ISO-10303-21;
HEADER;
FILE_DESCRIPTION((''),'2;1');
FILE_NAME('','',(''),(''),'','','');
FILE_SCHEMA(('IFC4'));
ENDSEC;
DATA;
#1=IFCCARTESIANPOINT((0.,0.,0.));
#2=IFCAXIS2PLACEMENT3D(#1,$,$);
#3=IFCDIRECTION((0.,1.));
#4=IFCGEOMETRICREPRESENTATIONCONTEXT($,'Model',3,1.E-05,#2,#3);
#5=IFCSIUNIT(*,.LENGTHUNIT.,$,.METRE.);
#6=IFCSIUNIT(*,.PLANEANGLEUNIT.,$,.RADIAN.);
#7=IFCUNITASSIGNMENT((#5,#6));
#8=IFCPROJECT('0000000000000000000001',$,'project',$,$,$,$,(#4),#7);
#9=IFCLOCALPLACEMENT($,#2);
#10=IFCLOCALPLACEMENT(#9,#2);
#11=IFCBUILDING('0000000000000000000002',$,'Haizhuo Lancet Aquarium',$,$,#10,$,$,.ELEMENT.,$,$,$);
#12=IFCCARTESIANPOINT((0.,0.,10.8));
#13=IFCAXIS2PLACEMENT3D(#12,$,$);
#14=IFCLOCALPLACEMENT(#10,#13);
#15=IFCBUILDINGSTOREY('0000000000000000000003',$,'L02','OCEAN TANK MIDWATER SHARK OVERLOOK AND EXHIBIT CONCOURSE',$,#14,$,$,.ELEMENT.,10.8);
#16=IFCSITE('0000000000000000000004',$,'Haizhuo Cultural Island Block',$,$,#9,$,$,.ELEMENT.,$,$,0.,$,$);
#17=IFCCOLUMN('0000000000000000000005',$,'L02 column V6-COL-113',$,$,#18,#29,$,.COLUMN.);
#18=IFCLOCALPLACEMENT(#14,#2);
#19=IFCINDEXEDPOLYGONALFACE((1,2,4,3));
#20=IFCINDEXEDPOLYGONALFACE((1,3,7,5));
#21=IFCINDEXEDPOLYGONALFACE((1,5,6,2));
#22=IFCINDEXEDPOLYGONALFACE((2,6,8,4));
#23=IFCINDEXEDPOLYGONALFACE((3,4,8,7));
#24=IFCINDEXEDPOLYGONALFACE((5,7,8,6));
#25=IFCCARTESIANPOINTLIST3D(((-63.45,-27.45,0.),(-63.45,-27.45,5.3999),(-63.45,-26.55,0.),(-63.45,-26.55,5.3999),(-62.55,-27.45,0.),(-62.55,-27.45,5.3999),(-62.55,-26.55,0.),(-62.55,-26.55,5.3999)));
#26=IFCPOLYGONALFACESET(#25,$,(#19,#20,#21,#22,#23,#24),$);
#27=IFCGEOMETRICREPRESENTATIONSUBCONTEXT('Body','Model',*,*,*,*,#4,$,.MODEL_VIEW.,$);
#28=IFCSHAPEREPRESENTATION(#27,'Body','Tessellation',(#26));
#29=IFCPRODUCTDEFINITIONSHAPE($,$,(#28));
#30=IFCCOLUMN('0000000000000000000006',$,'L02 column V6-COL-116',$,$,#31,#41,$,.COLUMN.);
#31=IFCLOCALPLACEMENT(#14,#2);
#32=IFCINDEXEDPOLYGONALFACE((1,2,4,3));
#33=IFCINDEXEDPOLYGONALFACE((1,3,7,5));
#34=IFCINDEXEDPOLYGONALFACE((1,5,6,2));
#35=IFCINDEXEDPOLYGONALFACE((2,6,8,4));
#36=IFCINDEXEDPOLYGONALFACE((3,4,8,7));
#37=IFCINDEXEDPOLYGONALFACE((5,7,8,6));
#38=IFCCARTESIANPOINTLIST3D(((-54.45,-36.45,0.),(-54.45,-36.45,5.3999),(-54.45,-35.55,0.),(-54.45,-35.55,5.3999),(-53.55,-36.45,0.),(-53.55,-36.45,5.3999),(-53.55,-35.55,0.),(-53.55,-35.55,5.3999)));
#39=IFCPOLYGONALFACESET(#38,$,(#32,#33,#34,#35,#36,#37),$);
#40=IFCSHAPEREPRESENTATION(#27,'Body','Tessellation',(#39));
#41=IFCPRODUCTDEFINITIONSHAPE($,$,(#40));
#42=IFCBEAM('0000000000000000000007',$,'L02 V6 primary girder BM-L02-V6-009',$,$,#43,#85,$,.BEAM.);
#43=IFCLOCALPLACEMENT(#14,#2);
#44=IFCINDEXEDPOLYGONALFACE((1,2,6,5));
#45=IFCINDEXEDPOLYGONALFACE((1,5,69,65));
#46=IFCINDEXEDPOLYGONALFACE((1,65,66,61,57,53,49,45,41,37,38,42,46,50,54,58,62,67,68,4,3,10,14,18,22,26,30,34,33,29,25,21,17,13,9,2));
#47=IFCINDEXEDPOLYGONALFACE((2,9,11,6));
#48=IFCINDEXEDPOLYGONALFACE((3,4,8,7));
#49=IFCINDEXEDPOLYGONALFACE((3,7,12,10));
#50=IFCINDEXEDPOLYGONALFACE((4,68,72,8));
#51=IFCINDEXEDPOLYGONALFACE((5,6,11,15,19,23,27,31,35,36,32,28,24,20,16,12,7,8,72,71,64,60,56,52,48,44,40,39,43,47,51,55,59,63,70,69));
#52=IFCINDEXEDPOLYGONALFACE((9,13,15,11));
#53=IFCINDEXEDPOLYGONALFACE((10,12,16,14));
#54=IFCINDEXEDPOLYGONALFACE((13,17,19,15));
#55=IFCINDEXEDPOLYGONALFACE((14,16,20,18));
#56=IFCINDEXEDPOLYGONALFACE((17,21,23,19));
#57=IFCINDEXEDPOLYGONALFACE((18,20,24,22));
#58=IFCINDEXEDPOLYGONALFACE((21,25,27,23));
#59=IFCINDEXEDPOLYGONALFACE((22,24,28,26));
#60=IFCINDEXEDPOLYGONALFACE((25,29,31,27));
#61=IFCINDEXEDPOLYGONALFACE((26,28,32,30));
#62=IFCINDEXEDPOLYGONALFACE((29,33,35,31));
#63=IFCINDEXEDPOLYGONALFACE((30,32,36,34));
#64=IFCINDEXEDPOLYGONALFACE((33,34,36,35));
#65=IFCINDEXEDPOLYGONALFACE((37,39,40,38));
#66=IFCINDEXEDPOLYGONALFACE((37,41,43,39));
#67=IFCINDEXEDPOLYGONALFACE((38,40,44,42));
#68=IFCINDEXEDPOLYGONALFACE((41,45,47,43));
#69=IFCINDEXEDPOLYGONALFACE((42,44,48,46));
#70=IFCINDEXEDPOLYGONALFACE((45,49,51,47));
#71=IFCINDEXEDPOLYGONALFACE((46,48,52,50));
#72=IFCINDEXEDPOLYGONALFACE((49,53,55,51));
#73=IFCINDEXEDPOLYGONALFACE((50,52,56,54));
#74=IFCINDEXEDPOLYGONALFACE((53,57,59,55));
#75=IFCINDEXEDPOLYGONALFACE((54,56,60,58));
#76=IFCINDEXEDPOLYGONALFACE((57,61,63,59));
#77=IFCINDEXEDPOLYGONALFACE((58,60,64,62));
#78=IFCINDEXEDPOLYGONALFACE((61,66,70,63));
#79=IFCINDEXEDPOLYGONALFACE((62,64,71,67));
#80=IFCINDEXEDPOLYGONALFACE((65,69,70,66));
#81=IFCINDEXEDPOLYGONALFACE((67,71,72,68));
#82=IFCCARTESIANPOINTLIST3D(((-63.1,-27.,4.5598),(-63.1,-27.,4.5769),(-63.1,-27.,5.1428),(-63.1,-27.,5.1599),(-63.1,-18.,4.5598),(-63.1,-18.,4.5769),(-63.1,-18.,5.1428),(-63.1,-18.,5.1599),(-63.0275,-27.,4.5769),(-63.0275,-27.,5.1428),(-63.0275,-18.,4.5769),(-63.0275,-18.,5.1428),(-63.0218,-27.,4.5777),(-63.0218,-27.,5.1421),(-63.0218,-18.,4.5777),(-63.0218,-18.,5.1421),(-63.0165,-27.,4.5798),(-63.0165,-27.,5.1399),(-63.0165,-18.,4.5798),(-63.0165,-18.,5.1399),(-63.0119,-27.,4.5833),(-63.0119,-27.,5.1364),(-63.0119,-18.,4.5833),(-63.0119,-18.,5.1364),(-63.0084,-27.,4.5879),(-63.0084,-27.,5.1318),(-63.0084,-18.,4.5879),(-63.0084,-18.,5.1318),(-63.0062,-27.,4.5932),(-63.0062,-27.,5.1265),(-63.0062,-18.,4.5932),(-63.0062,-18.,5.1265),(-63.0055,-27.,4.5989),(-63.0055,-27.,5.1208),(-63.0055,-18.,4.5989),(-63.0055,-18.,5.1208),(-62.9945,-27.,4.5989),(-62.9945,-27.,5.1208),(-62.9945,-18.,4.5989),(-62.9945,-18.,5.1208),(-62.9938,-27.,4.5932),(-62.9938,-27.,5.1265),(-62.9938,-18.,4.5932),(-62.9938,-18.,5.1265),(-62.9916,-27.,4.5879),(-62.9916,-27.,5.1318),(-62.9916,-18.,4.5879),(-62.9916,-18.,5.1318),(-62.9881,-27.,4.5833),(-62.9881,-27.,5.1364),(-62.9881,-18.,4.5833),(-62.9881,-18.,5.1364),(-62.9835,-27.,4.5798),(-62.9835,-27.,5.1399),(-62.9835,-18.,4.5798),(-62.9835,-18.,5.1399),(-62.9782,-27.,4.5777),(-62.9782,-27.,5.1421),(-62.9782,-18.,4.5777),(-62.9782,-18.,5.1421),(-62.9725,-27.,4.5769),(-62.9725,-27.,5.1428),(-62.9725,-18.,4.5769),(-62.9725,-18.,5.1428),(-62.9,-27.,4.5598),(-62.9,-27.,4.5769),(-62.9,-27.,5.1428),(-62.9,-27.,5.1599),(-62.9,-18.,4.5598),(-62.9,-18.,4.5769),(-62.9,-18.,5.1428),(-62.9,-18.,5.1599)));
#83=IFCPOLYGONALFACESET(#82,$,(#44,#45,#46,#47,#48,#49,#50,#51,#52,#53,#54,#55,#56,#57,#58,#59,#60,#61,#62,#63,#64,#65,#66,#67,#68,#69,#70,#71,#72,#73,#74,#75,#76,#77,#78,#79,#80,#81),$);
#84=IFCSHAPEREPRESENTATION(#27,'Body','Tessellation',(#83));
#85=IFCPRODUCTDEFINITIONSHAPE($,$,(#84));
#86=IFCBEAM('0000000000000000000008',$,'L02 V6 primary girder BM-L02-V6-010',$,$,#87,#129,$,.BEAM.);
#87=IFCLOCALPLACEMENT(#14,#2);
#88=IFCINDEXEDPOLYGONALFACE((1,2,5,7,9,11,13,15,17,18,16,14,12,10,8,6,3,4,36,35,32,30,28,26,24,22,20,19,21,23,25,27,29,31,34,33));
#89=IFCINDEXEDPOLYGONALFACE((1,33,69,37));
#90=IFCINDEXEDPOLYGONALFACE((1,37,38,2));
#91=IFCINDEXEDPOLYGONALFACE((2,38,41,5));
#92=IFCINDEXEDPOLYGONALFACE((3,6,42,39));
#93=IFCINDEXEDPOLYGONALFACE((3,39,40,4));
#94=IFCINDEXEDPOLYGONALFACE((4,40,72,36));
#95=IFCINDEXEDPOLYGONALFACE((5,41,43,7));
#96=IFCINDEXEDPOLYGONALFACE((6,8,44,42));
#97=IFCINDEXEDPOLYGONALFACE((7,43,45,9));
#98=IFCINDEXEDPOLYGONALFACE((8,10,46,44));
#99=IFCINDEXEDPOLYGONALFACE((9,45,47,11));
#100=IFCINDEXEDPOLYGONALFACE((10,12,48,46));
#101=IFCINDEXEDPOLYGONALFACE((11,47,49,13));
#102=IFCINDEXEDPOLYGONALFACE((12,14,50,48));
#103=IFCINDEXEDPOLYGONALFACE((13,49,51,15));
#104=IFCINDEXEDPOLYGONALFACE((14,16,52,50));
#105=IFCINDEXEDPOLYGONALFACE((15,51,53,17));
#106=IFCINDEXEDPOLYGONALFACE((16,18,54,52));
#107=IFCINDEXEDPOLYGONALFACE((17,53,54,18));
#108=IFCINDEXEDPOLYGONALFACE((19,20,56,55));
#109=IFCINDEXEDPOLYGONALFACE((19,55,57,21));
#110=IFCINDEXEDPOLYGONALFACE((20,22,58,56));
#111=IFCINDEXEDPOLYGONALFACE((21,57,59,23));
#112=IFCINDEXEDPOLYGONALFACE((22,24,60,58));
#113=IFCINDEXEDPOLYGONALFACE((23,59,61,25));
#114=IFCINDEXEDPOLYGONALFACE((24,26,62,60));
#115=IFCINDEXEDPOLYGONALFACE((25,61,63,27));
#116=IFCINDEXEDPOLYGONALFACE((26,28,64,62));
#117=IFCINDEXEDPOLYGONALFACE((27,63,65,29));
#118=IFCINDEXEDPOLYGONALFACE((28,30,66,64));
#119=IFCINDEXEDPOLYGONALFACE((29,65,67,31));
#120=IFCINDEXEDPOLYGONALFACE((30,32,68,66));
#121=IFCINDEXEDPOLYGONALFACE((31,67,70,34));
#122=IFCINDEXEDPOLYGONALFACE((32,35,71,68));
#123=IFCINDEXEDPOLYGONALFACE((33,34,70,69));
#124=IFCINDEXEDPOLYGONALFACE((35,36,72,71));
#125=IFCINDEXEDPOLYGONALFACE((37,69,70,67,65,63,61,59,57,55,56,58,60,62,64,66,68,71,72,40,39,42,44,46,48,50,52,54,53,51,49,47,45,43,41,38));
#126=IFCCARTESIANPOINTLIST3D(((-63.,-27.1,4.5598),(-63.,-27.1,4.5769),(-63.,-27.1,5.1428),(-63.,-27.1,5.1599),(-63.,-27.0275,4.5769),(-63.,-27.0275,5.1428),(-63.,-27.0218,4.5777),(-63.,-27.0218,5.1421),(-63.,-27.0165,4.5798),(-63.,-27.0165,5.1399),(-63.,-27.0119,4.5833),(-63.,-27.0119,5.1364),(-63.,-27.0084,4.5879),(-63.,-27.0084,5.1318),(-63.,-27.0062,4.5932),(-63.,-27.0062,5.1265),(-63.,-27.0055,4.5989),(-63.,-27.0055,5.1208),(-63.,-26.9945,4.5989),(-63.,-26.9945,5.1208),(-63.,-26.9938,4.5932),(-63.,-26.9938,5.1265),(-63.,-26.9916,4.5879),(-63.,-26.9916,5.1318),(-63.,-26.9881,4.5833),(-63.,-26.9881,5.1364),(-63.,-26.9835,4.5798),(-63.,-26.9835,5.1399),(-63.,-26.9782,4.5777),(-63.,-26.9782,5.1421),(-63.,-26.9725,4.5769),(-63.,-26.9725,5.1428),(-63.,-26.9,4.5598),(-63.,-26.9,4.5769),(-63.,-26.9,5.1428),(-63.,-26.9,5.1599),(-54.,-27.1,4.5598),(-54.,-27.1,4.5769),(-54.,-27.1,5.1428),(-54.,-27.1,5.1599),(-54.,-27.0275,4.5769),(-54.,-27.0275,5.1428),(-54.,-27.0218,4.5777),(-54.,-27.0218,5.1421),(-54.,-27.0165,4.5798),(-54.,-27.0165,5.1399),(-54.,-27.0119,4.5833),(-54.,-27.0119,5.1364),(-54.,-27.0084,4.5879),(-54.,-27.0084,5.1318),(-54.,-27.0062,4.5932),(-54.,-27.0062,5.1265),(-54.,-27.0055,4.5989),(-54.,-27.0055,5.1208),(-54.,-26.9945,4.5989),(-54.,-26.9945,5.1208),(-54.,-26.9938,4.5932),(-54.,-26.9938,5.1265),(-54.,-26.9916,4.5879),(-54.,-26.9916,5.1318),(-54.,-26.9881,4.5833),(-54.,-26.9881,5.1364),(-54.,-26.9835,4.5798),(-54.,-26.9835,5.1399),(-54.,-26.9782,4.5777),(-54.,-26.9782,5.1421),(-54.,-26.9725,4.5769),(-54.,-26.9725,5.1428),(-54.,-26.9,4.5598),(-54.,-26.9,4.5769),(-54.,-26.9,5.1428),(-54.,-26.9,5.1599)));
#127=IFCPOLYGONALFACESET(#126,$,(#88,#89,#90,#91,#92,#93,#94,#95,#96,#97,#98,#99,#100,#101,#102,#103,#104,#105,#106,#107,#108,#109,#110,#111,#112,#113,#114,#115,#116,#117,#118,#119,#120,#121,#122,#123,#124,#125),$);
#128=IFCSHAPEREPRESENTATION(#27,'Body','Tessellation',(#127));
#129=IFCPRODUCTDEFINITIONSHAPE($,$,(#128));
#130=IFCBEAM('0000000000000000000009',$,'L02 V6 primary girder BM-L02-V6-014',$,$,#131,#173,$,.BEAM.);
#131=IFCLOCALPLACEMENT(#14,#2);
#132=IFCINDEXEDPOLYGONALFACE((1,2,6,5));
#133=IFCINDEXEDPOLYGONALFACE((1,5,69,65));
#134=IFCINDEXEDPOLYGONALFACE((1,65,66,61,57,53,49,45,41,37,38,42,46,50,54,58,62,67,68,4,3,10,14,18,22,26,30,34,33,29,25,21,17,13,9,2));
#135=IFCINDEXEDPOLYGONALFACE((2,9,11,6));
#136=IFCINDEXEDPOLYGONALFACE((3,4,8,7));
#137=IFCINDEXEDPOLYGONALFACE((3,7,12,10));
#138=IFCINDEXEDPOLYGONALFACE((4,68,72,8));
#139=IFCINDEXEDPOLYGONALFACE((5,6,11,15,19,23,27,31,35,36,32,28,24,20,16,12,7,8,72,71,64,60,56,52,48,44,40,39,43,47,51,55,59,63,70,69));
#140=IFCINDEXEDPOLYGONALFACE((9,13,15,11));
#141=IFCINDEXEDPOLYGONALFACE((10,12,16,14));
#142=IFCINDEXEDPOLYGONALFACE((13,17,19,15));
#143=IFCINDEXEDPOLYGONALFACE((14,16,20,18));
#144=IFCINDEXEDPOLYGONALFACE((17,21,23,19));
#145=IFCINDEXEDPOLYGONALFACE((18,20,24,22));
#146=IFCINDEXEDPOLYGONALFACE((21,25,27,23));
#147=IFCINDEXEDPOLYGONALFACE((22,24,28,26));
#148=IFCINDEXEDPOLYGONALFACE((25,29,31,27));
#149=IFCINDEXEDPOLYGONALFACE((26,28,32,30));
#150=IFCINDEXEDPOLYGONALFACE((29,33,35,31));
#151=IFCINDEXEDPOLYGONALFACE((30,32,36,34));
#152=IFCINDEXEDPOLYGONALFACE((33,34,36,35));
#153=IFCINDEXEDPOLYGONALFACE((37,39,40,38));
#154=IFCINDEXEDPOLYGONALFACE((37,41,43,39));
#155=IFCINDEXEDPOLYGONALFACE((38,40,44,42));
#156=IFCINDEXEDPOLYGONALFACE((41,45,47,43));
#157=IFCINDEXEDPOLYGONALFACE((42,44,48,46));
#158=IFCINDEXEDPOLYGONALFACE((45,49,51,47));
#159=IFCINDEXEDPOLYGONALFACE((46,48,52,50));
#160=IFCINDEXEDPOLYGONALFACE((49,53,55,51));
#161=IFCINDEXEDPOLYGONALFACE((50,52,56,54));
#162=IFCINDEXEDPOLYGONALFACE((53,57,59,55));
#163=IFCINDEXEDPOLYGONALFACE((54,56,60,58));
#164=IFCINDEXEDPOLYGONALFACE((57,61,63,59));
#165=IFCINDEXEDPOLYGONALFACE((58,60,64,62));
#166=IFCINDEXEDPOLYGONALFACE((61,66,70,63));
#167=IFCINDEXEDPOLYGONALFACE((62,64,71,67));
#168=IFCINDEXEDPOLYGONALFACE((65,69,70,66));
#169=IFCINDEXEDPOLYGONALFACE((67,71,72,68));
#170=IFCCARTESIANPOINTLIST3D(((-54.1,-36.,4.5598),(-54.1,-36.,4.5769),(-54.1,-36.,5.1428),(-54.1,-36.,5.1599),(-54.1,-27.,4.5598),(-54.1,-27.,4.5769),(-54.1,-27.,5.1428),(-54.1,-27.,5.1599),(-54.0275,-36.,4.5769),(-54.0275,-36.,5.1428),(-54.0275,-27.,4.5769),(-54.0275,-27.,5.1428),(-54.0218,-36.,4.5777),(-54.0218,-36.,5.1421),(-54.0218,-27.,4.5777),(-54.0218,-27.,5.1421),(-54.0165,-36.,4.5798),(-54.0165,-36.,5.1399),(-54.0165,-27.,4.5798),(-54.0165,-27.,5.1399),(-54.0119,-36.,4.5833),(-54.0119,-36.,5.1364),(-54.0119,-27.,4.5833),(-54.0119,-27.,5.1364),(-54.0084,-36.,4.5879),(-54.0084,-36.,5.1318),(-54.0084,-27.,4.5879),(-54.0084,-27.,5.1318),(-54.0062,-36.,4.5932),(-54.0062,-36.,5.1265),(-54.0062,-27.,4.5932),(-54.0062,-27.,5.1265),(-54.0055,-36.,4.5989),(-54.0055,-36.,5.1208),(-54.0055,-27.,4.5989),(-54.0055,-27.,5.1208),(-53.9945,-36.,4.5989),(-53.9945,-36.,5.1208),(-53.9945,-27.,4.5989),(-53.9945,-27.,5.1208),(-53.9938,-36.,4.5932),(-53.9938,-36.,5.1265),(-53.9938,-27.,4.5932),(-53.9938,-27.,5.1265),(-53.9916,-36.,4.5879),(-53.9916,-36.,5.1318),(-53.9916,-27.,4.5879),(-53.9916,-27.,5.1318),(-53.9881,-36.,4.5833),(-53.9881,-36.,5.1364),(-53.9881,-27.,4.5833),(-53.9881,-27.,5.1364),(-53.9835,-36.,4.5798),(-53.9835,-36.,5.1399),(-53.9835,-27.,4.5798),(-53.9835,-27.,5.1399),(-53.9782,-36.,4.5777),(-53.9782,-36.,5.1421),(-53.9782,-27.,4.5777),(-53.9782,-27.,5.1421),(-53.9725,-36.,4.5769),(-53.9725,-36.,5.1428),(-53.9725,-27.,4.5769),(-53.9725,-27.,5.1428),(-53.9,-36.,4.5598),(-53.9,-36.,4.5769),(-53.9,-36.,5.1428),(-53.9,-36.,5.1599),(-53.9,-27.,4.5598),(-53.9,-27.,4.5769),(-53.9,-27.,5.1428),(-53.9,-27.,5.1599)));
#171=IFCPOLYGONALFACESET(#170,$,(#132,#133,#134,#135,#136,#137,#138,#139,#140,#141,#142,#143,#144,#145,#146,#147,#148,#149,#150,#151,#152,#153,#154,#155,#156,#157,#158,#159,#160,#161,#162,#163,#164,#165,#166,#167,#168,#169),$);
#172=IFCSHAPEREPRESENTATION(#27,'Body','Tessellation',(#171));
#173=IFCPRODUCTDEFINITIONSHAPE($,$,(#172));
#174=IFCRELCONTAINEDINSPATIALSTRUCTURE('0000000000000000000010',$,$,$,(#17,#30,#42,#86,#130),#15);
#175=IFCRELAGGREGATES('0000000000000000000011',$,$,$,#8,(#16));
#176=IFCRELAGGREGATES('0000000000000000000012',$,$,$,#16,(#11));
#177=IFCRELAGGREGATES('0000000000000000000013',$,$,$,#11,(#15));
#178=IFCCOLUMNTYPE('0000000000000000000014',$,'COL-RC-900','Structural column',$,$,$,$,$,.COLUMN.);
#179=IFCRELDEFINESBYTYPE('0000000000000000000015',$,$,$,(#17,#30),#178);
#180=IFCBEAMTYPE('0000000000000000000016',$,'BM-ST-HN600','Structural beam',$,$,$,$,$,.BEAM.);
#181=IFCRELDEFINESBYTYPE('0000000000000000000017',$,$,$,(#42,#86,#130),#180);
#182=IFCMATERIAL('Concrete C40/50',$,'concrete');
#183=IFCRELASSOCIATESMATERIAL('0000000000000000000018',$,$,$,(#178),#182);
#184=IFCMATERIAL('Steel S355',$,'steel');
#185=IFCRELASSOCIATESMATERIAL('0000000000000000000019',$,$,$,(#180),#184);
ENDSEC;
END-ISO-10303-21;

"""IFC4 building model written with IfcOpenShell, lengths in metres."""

from ifc_helpers import new_model, si_unit, direction, frame, origin, origin_2d, place, context, subcontext, project, spatial, rectangle, i_section, extrude, material, material_profile, profile_set, type_object, element, save


model = new_model("IFC4")

# Units and contexts
model_context = context("Model", 3, precision=1e-05, world=origin(), true_north=direction((0.0, 1.0)))
body_context = subcontext(model_context, "Body", "Model", "MODEL_VIEW")
ifc_project = project(units=[si_unit("LENGTHUNIT", "METRE"), si_unit("PLANEANGLEUNIT", "RADIAN")], contexts=[model_context])

# Site, building, storey
site_placement = place(None, origin())
site = spatial("IfcSite", under=ifc_project, at=site_placement, Name="Haizhuo Cultural Island Block", CompositionType="ELEMENT", RefElevation=0.0)
building_placement = place(site_placement, origin())
building = spatial("IfcBuilding", under=site, at=building_placement, Name="Haizhuo Lancet Aquarium", CompositionType="ELEMENT")
storey_placement = place(building_placement, frame((0.0, 0.0, 10.8)))
storey = spatial("IfcBuildingStorey", under=building, at=storey_placement, Name="L02", Description="OCEAN TANK MIDWATER SHARK OVERLOOK AND EXHIBIT CONCOURSE", CompositionType="ELEMENT", Elevation=10.8)

# Columns
ifc_material_1 = material(Name="Concrete C40/50", Category="concrete")
ifc_material_profile_1 = material_profile(ifc_material_1, rectangle(XDim=0.8999, YDim=0.8999, at=origin_2d()), Name="RC-COL 900x900")
ifc_profile_set_1 = profile_set([ifc_material_profile_1], Name="Concrete C40/50")
column_type = type_object("IfcColumnType", Name="COL-RC-900", Description="Structural column", PredefinedType="COLUMN", material=ifc_profile_set_1)
for number, where, z_axis, x_axis, name in (
    (1, (-63.0, -27.0, 0.0), (0.0, 0.0, 1.0), (1.0, 0.0, 0.0), "L02 column V6-COL-113"),
    (2, (-54.0, -36.0, 0.0), (0.0, 0.0, 1.0), (1.0, 0.0, 0.0), "L02 column V6-COL-116"),
):
    element("IfcColumn", number, at=place(storey_placement, frame(where, z_axis=z_axis, x_axis=x_axis)), inside=storey, type_object=column_type, Name=name, PredefinedType="COLUMN", context=body_context, shape_type="SweptSolid", body=[
        extrude(rectangle(XDim=0.8999, YDim=0.8999, at=origin_2d()), origin(), (0.0, 0.0, 1.0), 5.3999),
    ])

# Beams
ifc_material_2 = material(Name="Steel S355", Category="steel")
ifc_material_profile_2 = material_profile(ifc_material_2, i_section(OverallWidth=0.2, OverallDepth=0.6001, WebThickness=0.011, FlangeThickness=0.0171, FilletRadius=0.022, at=origin_2d()), Name="HN 600x200x11x17")
ifc_profile_set_2 = profile_set([ifc_material_profile_2], Name="Steel S355")
beam_type = type_object("IfcBeamType", Name="BM-ST-HN600", Description="Structural beam", PredefinedType="BEAM", material=ifc_profile_set_2)
for number, where, z_axis, x_axis, name in (
    (3, (-63.0, -27.0, 4.8599), (0.0, 1.0, 0.0), (-1.0, 0.0, 0.0), "L02 V6 primary girder BM-L02-V6-009"),
    (4, (-63.0, -27.0, 4.8599), (1.0, 0.0, 0.0), (0.0, 1.0, 0.0), "L02 V6 primary girder BM-L02-V6-010"),
    (5, (-54.0, -36.0, 4.8599), (0.0, 1.0, 0.0), (-1.0, 0.0, 0.0), "L02 V6 primary girder BM-L02-V6-014"),
):
    element("IfcBeam", number, at=place(storey_placement, frame(where, z_axis=z_axis, x_axis=x_axis)), inside=storey, type_object=beam_type, Name=name, PredefinedType="BEAM", context=body_context, shape_type="SweptSolid", body=[
        extrude(i_section(OverallWidth=0.2, OverallDepth=0.6001, WebThickness=0.011, FlangeThickness=0.0171, FilletRadius=0.022, at=origin_2d()), origin(), (0.0, 0.0, 1.0), 9.0),
    ])

save(model, "model.ifc")
